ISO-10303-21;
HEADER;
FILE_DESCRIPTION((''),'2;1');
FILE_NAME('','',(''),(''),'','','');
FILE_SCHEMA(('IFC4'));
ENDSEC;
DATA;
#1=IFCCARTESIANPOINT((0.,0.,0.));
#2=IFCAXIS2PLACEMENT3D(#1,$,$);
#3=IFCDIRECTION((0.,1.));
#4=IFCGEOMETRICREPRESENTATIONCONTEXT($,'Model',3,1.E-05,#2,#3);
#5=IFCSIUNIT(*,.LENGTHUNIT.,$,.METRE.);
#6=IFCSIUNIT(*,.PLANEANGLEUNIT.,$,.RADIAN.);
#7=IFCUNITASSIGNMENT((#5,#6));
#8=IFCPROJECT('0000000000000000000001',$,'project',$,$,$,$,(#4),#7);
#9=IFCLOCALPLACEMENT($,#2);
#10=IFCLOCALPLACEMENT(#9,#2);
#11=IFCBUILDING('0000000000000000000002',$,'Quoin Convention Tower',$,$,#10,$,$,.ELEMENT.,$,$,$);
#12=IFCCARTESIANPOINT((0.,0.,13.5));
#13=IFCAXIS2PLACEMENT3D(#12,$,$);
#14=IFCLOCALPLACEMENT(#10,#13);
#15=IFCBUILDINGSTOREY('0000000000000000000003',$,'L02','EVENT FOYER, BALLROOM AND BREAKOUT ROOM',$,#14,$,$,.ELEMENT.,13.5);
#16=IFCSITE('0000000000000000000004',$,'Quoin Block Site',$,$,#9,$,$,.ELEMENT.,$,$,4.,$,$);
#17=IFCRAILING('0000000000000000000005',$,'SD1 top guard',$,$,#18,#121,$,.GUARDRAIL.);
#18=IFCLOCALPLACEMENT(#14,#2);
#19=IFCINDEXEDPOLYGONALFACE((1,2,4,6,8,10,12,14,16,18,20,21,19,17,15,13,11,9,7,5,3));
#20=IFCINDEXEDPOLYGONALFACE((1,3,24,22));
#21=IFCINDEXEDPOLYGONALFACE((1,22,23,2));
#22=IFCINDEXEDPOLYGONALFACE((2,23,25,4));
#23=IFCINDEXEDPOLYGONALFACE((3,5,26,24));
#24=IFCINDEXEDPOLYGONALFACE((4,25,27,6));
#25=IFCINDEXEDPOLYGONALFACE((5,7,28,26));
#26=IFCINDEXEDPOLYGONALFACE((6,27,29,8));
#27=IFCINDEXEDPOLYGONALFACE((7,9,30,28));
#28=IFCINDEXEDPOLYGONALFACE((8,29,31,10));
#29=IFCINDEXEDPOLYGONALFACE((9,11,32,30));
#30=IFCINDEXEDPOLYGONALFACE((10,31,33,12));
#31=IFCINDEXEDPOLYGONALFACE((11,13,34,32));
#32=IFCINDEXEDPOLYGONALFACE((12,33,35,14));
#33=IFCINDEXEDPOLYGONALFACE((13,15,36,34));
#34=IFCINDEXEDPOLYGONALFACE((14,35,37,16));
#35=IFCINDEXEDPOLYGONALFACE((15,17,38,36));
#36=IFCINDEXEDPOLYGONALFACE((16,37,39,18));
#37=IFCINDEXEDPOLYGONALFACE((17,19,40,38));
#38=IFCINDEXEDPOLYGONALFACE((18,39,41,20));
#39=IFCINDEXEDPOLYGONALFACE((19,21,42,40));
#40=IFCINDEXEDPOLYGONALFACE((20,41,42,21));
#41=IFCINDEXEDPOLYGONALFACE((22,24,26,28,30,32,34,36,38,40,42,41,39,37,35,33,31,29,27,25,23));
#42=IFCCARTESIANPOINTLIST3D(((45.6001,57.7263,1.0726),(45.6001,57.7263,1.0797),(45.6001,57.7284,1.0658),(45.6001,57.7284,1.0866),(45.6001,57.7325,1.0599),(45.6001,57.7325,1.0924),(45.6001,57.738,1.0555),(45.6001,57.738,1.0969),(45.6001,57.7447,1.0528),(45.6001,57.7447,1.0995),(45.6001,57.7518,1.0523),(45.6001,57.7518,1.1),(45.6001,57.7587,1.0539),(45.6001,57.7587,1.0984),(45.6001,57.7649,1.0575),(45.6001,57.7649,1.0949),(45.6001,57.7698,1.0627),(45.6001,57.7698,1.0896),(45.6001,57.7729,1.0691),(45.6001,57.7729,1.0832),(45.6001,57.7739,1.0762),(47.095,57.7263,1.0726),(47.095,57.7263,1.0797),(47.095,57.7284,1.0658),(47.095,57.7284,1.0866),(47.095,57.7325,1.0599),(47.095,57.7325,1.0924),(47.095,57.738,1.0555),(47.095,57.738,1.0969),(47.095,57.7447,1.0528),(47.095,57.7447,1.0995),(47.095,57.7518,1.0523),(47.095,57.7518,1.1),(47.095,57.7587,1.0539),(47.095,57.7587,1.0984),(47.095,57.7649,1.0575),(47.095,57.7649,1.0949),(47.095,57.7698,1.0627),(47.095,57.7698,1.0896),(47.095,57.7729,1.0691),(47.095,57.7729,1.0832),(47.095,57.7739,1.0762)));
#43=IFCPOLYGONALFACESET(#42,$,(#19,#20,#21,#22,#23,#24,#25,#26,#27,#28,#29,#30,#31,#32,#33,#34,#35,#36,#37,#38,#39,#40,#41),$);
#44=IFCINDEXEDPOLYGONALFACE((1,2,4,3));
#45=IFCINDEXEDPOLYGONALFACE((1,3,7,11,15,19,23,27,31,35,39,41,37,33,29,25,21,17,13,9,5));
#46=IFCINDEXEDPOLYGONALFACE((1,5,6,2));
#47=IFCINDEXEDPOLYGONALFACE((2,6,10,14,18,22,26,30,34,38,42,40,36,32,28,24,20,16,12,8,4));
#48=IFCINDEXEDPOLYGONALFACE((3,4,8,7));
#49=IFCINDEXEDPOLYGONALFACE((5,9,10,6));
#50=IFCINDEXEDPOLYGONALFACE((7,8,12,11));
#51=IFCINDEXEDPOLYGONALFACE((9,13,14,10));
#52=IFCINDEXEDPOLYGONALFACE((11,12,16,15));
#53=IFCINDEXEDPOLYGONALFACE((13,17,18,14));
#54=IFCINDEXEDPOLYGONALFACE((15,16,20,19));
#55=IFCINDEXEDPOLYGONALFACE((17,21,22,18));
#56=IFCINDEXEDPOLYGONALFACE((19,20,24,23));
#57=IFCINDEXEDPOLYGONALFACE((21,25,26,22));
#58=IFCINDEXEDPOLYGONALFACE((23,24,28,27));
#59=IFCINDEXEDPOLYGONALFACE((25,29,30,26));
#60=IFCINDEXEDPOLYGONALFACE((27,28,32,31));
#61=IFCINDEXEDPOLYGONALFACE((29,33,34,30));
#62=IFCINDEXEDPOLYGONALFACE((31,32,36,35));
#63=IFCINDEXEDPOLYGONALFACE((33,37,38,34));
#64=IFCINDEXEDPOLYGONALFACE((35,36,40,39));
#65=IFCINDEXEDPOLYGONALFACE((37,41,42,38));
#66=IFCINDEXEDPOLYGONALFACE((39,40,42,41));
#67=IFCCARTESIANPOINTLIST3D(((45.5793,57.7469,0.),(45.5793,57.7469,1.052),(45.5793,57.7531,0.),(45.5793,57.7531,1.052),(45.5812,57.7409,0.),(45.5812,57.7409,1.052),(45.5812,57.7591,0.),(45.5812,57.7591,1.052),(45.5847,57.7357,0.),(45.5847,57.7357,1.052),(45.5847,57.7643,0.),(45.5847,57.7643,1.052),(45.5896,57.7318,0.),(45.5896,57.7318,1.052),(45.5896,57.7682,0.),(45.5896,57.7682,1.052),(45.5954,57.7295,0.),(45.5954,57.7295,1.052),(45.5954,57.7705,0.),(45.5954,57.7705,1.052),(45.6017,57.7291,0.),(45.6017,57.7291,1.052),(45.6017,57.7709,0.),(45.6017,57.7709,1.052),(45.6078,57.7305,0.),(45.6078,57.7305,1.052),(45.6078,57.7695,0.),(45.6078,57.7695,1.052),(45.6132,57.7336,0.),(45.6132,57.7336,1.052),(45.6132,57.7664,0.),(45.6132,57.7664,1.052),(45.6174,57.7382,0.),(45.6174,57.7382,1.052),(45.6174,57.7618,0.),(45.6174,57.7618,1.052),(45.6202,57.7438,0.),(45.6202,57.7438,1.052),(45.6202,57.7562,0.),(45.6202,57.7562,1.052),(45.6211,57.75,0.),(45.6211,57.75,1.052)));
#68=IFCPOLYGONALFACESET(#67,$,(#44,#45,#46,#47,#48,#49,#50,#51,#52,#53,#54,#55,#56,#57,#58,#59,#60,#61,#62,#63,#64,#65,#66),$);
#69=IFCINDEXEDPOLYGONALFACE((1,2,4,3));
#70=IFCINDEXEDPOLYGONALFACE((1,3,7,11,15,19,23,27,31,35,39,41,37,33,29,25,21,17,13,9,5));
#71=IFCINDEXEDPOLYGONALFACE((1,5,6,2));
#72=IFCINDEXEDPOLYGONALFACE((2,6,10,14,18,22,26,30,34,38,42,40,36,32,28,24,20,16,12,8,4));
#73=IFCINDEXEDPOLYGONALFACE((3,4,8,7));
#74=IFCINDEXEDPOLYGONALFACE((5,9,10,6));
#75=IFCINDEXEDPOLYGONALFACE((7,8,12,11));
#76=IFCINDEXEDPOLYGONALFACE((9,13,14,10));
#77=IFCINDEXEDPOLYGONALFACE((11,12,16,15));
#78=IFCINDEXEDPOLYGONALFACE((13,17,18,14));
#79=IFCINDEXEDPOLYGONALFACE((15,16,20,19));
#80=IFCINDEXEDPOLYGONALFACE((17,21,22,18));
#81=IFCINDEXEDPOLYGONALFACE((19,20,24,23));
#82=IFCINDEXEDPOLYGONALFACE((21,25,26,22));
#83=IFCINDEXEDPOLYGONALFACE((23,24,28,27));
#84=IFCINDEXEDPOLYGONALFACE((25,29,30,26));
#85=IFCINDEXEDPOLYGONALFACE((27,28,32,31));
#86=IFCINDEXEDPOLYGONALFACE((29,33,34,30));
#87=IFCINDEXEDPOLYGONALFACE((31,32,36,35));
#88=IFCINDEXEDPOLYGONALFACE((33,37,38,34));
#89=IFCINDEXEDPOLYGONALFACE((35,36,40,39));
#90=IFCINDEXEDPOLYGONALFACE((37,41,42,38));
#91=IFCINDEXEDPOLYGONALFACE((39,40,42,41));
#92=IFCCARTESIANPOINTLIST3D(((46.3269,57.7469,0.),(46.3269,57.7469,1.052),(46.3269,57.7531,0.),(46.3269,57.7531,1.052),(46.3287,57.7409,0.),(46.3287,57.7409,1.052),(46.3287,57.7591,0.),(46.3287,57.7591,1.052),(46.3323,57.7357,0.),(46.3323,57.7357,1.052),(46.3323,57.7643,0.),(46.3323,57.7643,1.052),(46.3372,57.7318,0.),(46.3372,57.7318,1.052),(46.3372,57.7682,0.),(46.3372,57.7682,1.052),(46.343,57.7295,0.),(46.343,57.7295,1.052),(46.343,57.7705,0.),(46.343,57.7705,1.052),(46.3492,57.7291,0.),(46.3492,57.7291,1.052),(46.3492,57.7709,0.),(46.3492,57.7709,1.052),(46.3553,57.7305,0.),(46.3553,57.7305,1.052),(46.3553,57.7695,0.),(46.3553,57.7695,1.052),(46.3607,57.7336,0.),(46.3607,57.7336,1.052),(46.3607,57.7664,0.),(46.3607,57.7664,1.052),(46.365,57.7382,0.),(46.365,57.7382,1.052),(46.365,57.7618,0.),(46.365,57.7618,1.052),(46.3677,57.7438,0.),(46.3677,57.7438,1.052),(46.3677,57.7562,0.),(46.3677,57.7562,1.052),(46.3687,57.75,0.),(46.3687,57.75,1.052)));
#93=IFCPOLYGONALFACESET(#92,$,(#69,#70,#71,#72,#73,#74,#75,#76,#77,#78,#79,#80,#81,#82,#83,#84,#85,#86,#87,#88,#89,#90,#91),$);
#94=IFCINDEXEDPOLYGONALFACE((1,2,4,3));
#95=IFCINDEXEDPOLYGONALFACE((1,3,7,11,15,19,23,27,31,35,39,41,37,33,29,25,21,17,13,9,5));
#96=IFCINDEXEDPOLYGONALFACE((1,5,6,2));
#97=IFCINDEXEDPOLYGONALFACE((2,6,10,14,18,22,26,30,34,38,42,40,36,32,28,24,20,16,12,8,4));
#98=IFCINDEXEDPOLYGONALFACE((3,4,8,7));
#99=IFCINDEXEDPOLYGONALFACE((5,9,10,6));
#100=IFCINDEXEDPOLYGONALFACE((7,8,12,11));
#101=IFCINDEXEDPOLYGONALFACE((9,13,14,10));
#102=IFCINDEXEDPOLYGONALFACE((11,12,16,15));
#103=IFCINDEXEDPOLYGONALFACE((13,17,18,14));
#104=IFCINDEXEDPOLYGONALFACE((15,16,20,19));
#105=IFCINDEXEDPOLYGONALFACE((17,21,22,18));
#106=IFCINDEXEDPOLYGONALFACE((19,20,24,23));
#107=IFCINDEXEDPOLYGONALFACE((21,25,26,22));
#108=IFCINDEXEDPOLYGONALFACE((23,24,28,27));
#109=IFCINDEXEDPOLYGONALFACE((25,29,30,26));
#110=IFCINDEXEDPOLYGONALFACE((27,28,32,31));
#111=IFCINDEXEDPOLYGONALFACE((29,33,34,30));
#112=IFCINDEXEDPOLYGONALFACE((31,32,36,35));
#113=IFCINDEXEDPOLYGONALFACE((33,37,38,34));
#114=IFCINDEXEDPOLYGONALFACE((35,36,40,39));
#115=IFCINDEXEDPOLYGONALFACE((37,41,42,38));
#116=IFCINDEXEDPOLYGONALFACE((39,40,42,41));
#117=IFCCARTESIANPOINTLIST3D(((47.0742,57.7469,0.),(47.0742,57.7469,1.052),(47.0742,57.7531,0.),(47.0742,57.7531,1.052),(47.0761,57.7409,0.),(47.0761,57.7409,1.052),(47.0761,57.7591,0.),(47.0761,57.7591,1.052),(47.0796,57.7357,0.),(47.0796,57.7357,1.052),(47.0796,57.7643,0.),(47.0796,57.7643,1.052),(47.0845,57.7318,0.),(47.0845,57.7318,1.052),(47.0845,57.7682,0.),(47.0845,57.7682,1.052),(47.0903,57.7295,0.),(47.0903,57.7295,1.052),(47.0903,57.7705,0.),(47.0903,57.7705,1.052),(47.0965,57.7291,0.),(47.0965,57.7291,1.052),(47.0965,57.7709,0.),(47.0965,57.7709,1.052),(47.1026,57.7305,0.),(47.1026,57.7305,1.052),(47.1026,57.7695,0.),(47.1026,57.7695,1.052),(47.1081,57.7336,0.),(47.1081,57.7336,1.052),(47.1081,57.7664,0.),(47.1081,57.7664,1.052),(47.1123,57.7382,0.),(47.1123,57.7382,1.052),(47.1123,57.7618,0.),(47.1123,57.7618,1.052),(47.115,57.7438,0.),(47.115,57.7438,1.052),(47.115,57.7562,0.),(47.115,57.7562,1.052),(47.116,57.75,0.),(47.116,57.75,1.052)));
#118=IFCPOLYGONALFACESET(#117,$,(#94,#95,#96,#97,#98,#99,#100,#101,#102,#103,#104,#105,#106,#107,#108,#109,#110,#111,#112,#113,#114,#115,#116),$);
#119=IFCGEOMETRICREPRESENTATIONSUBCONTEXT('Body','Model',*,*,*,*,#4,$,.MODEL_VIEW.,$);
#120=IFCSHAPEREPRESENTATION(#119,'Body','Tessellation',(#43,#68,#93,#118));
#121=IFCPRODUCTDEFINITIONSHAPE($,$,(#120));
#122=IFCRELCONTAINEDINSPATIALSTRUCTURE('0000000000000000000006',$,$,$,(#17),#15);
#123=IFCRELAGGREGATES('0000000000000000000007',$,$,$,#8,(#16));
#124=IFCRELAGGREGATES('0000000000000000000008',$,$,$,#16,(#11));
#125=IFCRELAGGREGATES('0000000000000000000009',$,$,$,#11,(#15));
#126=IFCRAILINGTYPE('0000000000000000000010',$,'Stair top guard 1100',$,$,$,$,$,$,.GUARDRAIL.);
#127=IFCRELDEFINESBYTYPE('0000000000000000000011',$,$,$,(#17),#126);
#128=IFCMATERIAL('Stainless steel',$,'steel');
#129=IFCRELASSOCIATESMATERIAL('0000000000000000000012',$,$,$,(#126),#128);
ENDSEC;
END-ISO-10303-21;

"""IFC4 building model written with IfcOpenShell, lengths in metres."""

from ifc_helpers import new_model, si_unit, direction, frame, origin, origin_2d, place, context, subcontext, project, spatial, circle, extrude, material, type_object, element, save


model = new_model("IFC4")

# Units and contexts
model_context = context("Model", 3, precision=1e-05, world=origin(), true_north=direction((0.0, 1.0)))
body_context = subcontext(model_context, "Body", "Model", "MODEL_VIEW")
ifc_project = project(units=[si_unit("LENGTHUNIT", "METRE"), si_unit("PLANEANGLEUNIT", "RADIAN")], contexts=[model_context])

# Site, building, storey
site_placement = place(None, origin())
site = spatial("IfcSite", under=ifc_project, at=site_placement, Name="Quoin Block Site", CompositionType="ELEMENT", RefElevation=4.0)
building_placement = place(site_placement, origin())
building = spatial("IfcBuilding", under=site, at=building_placement, Name="Quoin Convention Tower", CompositionType="ELEMENT")
storey_placement = place(building_placement, frame((0.0, 0.0, 13.5)))
storey = spatial("IfcBuildingStorey", under=building, at=storey_placement, Name="L02", Description="EVENT FOYER, BALLROOM AND BREAKOUT ROOM", CompositionType="ELEMENT", Elevation=13.5)

# Railing
ifc_material_1 = material(Name="Stainless steel", Category="steel")
railing_type_1 = type_object("IfcRailingType", Name="Stair top guard 1100", PredefinedType="GUARDRAIL", material=ifc_material_1)
railing_1_placement = place(storey_placement, frame((45.6001, 57.75, 0.0)))
element("IfcRailing", 1, at=railing_1_placement, inside=storey, type_object=railing_type_1, Name="SD1 top guard", PredefinedType="GUARDRAIL", context=body_context, shape_type="SweptSolid", body=[
    extrude(circle(Radius=0.0239, at=origin_2d()), frame((0.0, 0.0, 1.0762), z_axis=(1.0, 0.0, 0.0), x_axis=(0.0, 1.0, 0.0)), (0.0, 0.0, 1.0), 1.4949),
    extrude(circle(Radius=0.021, at=origin_2d()), origin(), (0.0, 0.0, 1.0), 1.052),
    extrude(circle(Radius=0.021, at=origin_2d()), frame((0.7476, 0.0, 0.0)), (0.0, 0.0, 1.0), 1.052),
    extrude(circle(Radius=0.021, at=origin_2d()), frame((1.4949, 0.0, 0.0)), (0.0, 0.0, 1.0), 1.052),
])

save(model, "model.ifc")
